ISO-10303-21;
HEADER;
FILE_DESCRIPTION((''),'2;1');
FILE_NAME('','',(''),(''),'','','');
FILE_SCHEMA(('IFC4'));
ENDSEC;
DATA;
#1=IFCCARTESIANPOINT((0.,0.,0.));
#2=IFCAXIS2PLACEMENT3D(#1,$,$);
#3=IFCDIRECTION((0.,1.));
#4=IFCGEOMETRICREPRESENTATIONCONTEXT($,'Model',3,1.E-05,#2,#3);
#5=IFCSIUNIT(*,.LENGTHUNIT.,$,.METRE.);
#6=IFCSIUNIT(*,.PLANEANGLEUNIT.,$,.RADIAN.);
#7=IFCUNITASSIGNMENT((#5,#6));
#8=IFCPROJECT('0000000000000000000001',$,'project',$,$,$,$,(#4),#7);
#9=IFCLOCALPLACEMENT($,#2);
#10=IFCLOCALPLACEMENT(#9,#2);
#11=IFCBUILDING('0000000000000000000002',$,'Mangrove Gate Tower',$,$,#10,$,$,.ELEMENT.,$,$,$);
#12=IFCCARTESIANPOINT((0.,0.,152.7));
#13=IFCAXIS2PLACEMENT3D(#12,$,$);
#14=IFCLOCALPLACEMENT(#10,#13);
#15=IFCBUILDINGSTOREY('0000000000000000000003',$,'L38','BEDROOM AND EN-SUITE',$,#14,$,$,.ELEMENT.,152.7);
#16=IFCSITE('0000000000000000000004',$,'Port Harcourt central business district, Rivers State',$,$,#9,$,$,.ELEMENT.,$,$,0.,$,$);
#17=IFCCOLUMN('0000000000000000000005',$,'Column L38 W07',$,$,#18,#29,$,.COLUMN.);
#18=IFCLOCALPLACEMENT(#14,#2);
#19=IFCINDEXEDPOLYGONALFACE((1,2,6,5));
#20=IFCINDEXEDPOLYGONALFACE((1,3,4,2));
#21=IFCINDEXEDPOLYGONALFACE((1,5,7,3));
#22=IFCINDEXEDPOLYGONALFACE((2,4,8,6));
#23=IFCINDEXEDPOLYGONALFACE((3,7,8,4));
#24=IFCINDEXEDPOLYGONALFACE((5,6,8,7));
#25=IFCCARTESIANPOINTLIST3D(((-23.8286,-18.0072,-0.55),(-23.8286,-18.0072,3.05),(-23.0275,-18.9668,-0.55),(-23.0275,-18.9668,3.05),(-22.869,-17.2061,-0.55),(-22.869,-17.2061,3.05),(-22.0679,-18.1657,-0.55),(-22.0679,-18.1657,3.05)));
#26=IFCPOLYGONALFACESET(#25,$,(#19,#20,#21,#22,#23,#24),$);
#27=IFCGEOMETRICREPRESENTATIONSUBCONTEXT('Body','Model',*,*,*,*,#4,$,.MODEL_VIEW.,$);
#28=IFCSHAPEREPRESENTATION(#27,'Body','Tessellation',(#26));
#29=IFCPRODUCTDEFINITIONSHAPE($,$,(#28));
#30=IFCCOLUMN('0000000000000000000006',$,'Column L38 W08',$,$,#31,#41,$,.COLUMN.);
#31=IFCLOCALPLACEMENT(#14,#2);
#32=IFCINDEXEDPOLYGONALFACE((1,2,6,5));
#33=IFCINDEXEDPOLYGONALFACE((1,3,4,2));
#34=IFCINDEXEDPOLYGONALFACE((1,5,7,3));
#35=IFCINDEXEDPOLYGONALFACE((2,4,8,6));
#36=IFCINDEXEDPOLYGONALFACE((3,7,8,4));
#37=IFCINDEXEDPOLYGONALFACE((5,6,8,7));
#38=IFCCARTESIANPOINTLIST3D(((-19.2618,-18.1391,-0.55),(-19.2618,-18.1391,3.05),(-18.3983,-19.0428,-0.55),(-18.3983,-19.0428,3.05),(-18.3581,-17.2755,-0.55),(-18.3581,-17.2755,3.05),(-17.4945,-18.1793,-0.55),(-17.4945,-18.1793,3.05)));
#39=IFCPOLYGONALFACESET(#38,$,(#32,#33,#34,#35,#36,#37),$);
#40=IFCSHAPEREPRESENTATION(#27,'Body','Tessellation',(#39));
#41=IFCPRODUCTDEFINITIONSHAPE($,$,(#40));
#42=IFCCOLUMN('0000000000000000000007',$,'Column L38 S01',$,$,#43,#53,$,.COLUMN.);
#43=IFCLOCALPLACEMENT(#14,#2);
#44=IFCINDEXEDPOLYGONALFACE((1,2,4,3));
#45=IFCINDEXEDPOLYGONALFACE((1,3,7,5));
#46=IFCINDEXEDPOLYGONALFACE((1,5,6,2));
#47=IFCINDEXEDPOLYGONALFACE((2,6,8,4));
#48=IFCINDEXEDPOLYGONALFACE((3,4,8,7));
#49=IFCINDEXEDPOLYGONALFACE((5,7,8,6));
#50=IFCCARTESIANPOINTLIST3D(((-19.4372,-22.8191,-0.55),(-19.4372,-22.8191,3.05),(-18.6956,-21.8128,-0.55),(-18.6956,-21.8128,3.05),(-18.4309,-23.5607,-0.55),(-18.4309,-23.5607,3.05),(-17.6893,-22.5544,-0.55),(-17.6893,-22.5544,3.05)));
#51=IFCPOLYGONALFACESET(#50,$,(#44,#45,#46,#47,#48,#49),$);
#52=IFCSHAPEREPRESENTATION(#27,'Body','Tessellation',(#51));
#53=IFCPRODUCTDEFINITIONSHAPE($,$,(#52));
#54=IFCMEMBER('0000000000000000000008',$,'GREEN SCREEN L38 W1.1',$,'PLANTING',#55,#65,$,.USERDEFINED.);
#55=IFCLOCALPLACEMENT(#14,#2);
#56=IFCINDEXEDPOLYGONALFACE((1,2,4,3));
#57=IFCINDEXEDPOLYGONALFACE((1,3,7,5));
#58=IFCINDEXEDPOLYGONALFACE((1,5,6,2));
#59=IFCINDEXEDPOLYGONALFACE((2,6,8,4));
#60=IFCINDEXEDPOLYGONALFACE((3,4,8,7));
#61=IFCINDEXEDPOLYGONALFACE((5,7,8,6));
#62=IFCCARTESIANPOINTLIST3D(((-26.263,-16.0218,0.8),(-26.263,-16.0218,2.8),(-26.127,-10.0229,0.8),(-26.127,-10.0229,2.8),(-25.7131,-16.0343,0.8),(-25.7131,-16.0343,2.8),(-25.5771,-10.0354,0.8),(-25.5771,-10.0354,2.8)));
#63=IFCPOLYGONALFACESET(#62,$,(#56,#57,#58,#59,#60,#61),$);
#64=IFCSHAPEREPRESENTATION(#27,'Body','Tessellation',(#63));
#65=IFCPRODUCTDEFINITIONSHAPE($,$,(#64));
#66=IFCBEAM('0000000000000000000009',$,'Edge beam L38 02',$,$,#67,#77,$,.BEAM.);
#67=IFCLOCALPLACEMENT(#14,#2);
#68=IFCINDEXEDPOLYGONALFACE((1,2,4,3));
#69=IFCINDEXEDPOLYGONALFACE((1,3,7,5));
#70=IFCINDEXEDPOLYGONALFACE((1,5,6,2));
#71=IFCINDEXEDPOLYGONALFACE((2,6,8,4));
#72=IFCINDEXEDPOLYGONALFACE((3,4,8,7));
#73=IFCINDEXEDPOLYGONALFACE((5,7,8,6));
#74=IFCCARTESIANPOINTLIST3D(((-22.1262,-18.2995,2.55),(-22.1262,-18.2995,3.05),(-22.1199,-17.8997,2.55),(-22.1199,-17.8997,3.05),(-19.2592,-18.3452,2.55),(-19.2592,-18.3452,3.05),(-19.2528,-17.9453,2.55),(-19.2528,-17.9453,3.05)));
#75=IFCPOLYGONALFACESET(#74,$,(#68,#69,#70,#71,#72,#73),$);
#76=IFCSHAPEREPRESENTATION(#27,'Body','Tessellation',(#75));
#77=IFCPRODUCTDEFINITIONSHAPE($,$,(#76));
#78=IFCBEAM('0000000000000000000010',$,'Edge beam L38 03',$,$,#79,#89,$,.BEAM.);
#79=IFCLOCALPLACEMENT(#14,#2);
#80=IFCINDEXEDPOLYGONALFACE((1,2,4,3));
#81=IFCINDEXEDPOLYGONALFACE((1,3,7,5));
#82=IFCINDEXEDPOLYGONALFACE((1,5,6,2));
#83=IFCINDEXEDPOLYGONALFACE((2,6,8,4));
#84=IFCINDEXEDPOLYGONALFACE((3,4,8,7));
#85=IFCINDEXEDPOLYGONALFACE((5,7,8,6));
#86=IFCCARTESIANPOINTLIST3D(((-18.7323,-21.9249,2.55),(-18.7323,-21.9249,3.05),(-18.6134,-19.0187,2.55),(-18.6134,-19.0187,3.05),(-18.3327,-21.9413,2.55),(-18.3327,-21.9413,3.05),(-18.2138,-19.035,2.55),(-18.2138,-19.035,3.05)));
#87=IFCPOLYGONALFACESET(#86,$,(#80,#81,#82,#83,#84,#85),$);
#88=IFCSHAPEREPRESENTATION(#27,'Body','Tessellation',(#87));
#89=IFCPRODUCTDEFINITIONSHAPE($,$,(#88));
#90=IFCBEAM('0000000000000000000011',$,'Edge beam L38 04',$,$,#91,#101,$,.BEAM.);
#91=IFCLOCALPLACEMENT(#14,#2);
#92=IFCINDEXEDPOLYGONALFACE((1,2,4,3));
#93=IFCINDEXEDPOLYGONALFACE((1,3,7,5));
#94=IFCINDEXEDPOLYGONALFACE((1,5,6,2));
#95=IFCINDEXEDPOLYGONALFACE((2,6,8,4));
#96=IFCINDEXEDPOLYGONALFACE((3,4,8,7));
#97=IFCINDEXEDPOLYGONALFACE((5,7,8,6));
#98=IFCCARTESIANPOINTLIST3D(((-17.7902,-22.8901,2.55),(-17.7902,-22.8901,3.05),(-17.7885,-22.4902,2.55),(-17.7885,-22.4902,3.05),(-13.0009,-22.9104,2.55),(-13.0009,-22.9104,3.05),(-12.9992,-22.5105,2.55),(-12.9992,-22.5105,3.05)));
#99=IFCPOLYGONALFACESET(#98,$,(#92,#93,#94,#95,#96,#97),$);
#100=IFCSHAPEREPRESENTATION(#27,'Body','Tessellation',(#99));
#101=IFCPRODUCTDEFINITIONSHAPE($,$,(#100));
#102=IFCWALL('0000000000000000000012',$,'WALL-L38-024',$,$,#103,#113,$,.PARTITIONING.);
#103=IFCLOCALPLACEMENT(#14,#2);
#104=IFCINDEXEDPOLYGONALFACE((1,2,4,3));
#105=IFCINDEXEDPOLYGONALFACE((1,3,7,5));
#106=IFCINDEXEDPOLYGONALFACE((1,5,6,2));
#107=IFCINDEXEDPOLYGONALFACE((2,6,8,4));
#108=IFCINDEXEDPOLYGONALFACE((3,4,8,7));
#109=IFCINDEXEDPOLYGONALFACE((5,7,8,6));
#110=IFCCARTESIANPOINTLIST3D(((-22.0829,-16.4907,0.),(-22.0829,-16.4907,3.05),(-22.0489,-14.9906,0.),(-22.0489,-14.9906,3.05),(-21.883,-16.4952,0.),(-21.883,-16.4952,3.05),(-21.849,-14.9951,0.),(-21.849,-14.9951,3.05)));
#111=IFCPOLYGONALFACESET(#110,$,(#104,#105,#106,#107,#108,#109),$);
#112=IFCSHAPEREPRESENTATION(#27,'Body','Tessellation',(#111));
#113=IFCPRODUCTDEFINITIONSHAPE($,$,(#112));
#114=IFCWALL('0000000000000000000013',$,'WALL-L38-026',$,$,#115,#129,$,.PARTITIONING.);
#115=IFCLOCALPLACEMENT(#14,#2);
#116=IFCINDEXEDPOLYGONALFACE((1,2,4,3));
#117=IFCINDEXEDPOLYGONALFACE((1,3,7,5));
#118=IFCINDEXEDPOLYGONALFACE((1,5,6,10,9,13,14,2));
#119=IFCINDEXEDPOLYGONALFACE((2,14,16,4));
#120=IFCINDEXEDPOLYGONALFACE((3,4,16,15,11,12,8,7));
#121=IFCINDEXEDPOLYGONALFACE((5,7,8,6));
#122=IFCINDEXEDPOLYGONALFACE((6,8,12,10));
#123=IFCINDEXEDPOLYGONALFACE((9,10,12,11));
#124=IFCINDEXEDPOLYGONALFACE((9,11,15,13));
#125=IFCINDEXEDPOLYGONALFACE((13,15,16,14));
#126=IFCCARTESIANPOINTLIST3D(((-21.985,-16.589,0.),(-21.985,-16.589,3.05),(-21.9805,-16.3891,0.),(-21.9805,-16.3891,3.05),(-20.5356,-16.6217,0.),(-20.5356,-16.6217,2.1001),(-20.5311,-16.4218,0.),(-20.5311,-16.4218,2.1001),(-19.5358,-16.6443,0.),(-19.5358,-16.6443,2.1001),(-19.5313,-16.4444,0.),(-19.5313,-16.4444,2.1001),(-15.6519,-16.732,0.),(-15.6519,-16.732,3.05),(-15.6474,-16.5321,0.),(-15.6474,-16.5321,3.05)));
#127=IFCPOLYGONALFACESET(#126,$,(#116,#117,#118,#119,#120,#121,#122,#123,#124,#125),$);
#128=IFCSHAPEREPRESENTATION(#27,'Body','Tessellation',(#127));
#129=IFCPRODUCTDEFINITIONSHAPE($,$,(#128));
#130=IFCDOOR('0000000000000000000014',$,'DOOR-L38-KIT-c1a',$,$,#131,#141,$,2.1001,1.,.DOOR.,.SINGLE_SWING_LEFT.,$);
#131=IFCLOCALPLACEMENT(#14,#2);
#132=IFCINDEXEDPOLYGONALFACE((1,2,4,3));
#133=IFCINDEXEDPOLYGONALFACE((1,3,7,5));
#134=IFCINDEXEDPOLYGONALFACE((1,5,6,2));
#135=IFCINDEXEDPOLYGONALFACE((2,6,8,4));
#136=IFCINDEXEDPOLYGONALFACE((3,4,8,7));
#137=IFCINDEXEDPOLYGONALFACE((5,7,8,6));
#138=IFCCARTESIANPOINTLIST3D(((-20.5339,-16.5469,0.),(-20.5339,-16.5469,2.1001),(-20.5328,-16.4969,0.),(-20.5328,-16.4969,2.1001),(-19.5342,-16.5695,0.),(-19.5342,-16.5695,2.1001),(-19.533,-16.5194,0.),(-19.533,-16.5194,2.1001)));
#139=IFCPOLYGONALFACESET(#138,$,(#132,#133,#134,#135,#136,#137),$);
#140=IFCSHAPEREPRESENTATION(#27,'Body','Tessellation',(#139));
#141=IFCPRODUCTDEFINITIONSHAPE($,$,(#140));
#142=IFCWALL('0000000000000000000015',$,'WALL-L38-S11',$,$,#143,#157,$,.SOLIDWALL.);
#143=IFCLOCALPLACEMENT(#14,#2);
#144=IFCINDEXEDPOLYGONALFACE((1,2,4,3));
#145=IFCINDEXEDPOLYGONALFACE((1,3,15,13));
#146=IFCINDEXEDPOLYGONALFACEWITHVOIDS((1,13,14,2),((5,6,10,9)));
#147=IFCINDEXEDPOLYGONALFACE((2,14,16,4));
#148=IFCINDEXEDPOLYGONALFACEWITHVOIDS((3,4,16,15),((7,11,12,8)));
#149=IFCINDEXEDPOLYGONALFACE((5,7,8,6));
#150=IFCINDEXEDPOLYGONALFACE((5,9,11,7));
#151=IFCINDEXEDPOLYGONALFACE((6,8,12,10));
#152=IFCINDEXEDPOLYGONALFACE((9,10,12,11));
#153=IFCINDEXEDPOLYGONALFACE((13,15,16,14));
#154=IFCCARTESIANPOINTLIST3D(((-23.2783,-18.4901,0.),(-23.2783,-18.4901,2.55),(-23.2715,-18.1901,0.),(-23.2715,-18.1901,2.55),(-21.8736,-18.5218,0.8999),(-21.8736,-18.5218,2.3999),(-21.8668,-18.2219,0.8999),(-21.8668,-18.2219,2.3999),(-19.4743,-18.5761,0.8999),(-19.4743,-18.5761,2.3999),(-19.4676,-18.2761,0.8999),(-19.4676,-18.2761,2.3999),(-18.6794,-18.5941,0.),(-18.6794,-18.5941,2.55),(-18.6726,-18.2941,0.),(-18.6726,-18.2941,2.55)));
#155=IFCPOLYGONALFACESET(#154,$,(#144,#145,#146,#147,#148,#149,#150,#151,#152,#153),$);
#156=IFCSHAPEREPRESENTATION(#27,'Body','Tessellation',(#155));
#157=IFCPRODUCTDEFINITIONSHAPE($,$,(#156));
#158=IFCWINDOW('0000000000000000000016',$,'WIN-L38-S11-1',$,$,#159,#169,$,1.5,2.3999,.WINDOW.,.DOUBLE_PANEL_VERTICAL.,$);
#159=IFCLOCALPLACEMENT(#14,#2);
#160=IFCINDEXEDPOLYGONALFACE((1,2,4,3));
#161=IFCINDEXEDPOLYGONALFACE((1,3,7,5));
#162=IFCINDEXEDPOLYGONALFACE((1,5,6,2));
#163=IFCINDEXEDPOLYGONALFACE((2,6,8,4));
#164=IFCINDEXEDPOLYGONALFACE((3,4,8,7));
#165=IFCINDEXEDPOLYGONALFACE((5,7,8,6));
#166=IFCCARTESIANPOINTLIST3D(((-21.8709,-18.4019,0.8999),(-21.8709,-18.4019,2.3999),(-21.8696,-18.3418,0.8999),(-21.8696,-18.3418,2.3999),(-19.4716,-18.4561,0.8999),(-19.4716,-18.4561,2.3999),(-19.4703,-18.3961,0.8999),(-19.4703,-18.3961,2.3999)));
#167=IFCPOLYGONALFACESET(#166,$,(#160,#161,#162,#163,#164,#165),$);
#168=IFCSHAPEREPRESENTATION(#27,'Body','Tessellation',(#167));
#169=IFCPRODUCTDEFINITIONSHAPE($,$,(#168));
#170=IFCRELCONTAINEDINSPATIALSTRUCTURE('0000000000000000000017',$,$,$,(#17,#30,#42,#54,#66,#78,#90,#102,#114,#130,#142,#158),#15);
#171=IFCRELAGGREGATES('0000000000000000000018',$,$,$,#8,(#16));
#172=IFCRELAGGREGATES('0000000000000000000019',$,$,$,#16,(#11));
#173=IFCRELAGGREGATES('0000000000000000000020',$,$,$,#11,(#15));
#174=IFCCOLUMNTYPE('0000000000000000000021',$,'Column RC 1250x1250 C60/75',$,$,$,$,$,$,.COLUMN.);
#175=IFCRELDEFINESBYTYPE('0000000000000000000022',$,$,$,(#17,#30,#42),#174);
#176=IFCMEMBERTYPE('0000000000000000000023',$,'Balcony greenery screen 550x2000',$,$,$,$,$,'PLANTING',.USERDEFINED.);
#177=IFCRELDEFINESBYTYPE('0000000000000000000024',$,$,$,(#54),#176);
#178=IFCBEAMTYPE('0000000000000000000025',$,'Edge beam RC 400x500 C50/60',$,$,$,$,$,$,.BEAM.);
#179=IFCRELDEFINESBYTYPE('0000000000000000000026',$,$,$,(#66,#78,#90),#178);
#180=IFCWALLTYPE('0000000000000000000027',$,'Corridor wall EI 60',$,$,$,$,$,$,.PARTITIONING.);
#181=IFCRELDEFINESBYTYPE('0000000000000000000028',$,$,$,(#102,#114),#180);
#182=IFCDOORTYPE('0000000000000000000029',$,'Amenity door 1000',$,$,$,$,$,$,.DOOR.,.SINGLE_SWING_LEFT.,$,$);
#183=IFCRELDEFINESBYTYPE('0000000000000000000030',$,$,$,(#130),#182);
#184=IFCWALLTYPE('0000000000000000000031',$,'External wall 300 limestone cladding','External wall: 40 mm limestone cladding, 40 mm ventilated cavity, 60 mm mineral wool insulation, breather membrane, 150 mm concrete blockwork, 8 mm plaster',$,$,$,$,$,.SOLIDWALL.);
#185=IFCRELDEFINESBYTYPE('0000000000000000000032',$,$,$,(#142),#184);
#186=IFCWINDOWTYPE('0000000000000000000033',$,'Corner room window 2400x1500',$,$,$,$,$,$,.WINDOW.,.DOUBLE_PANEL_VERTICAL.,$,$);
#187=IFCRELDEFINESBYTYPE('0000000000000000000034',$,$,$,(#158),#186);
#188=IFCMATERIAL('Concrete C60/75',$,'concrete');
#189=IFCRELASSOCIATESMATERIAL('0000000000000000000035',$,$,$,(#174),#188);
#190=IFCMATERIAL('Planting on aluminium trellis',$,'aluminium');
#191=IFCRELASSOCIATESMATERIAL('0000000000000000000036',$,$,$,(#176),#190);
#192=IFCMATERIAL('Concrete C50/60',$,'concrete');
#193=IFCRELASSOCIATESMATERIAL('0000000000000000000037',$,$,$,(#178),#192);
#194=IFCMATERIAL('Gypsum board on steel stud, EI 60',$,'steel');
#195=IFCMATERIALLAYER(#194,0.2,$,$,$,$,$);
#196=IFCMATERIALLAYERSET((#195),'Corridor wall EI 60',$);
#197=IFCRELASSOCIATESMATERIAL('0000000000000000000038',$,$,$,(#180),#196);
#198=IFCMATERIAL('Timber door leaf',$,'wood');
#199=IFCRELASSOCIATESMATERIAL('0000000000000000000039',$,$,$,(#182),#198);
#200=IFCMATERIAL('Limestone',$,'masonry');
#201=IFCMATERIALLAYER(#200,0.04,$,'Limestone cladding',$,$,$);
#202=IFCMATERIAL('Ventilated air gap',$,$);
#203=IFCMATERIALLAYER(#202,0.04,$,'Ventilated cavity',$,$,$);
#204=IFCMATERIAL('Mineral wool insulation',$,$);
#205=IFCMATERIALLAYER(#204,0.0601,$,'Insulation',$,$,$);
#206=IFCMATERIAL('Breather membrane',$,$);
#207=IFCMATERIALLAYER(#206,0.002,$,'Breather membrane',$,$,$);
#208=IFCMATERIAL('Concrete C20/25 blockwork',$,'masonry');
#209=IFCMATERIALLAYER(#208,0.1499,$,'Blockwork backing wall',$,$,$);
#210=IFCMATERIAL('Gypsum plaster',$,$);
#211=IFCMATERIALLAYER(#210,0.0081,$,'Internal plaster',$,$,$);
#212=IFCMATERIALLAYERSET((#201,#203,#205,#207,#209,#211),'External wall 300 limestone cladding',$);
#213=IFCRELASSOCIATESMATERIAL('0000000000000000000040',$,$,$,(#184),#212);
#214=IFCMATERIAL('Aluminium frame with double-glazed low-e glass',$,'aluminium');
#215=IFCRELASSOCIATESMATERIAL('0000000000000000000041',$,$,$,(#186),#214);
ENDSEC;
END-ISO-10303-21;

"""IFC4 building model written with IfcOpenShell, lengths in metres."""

from ifc_helpers import new_model, si_unit, direction, frame, frame_2d, origin, origin_2d, place, context, subcontext, project, spatial, rectangle, extrude, material, layer, layer_set, material_profile, profile_set, type_object, element, fill, save


model = new_model("IFC4")

# Units and contexts
model_context = context("Model", 3, precision=1e-05, world=origin(), true_north=direction((0.0, 1.0)))
body_context = subcontext(model_context, "Body", "Model", "MODEL_VIEW")
ifc_project = project(units=[si_unit("LENGTHUNIT", "METRE"), si_unit("PLANEANGLEUNIT", "RADIAN")], contexts=[model_context])

# Site, building, storey
site_placement = place(None, origin())
site = spatial("IfcSite", under=ifc_project, at=site_placement, Name="Port Harcourt central business district, Rivers State", CompositionType="ELEMENT", RefElevation=0.0)
building_placement = place(site_placement, origin())
building = spatial("IfcBuilding", under=site, at=building_placement, Name="Mangrove Gate Tower", CompositionType="ELEMENT")
storey_placement = place(building_placement, frame((0.0, 0.0, 152.7)))
storey = spatial("IfcBuildingStorey", under=building, at=storey_placement, Name="L38", Description="BEDROOM AND EN-SUITE", CompositionType="ELEMENT", Elevation=152.7)

# Columns
ifc_material_1 = material(Name="Concrete C60/75", Category="concrete")
ifc_material_profile_1 = material_profile(ifc_material_1, rectangle(XDim=1.25, YDim=1.25, at=origin_2d()))
ifc_profile_set_1 = profile_set([ifc_material_profile_1], Name="Concrete C60/75")
column_type = type_object("IfcColumnType", Name="Column RC 1250x1250 C60/75", PredefinedType="COLUMN", material=ifc_profile_set_1)
for number, where, z_axis, x_axis, name in (
    (1, (-22.9482, -18.0864, -0.55), (0.0, 0.0, 1.0), (0.640874, -0.767646, 0.0), "Column L38 W07"),
    (2, (-18.3782, -18.1592, -0.55), (0.0, 0.0, 1.0), (0.69086, -0.722989, 0.0), "Column L38 W08"),
    (3, (-18.5632, -22.6868, -0.55), (0.0, 0.0, 1.0), (0.804996, -0.59328, 0.0), "Column L38 S01"),
):
    element("IfcColumn", number, at=place(storey_placement, frame(where, z_axis=z_axis, x_axis=x_axis)), inside=storey, type_object=column_type, Name=name, PredefinedType="COLUMN", context=body_context, shape_type="SweptSolid", body=[
        extrude(rectangle(XDim=1.25, YDim=1.25, at=origin_2d()), origin(), (0.0, 0.0, 1.0), 3.6001),
    ])

# Member
ifc_material_2 = material(Name="Planting on aluminium trellis", Category="aluminium")
ifc_material_profile_2 = material_profile(ifc_material_2, rectangle(XDim=0.55, YDim=2.0, at=origin_2d()))
ifc_profile_set_2 = profile_set([ifc_material_profile_2], Name="Planting on aluminium trellis")
member_type = type_object("IfcMemberType", Name="Balcony greenery screen 550x2000", ElementType="PLANTING", PredefinedType="USERDEFINED", material=ifc_profile_set_2)
member_placement = place(storey_placement, frame((-25.988, -16.0281, 1.8), z_axis=(0.022662, 0.999743, 0.0), x_axis=(-0.999743, 0.022662, 0.0)))
element("IfcMember", 4, at=member_placement, inside=storey, type_object=member_type, Name="GREEN SCREEN L38 W1.1", ObjectType="PLANTING", PredefinedType="USERDEFINED", context=body_context, shape_type="SweptSolid", body=[
    extrude(rectangle(XDim=0.55, YDim=2.0, at=origin_2d()), origin(), (0.0, 0.0, 1.0), 6.0005),
])

# Beams
ifc_material_3 = material(Name="Concrete C50/60", Category="concrete")
ifc_material_profile_3 = material_profile(ifc_material_3, rectangle(XDim=0.3999, YDim=0.5, at=origin_2d()))
ifc_profile_set_3 = profile_set([ifc_material_profile_3], Name="Concrete C50/60")
beam_type = type_object("IfcBeamType", Name="Edge beam RC 400x500 C50/60", PredefinedType="BEAM", material=ifc_profile_set_3)
beam_1_placement = place(storey_placement, frame((-22.123, -18.0996, 2.8), z_axis=(0.999873, -0.015921, 0.0), x_axis=(0.015921, 0.999873, 0.0)))
element("IfcBeam", 5, at=beam_1_placement, inside=storey, type_object=beam_type, Name="Edge beam L38 02", PredefinedType="BEAM", context=body_context, shape_type="SweptSolid", body=[
    extrude(rectangle(XDim=0.3999, YDim=0.5, at=origin_2d()), origin(), (0.0, 0.0, 1.0), 2.8674),
])
beam_2_placement = place(storey_placement, frame((-18.4136, -19.0269, 2.8), z_axis=(-0.040876, -0.999164, 0.0), x_axis=(0.999164, -0.040876, 0.0)))
element("IfcBeam", 6, at=beam_2_placement, inside=storey, type_object=beam_type, Name="Edge beam L38 03", PredefinedType="BEAM", context=body_context, shape_type="SweptSolid", body=[
    extrude(rectangle(XDim=0.3999, YDim=0.5, at=origin_2d()), origin(), (0.0, 0.0, 1.0), 2.9087),
])
beam_3_placement = place(storey_placement, frame((-17.7893, -22.6902, 2.8), z_axis=(0.999991, -0.004231, 0.0), x_axis=(0.004231, 0.999991, 0.0)))
element("IfcBeam", 7, at=beam_3_placement, inside=storey, type_object=beam_type, Name="Edge beam L38 04", PredefinedType="BEAM", context=body_context, shape_type="SweptSolid", body=[
    extrude(rectangle(XDim=0.3999, YDim=0.5, at=origin_2d()), origin(), (0.0, 0.0, 1.0), 4.7893),
])

# Wall
ifc_material_4 = material(Name="Gypsum board on steel stud, EI 60", Category="steel")
ifc_layer_1 = layer(ifc_material_4, 0.2)
ifc_layer_set_1 = layer_set([ifc_layer_1], Name="Corridor wall EI 60")
wall_type_1 = type_object("IfcWallType", Name="Corridor wall EI 60", PredefinedType="PARTITIONING", material=ifc_layer_set_1)
wall_1_placement = place(storey_placement, frame((-21.9829, -16.4929, 0.0), z_axis=(0.0, 0.0, 1.0), x_axis=(0.022618, 0.999744, 0.0)))
element("IfcWall", 8, at=wall_1_placement, inside=storey, type_object=wall_type_1, Name="WALL-L38-024", PredefinedType="PARTITIONING", context=body_context, shape_type="SweptSolid", body=[
    extrude(rectangle(XDim=1.5005, YDim=0.2, at=frame_2d((0.7502, 0.0))), origin(), (0.0, 0.0, 1.0), 3.05),
])

# Wall, opening, door
wall_2_placement = place(storey_placement, frame((-21.9829, -16.489, 0.0), z_axis=(0.0, 0.0, 1.0), x_axis=(0.999745, -0.022585, 0.0)))
wall_2 = element("IfcWall", 9, at=wall_2_placement, inside=storey, type_object=wall_type_1, Name="WALL-L38-026", PredefinedType="PARTITIONING", context=body_context, shape_type="SweptSolid", body=[
    extrude(rectangle(XDim=6.3347, YDim=0.2, at=frame_2d((3.1675, 0.0))), origin(), (0.0, 0.0, 1.0), 3.05),
])
opening_1_placement = place(wall_2_placement, frame((1.45, 0.0, 0.0)))
opening_1 = element("IfcOpeningElement", 10, at=opening_1_placement, cuts=wall_2, PredefinedType="OPENING", context=body_context, shape_type="SweptSolid", body=[
    extrude(rectangle(XDim=1.0, YDim=2.1001, at=frame_2d((0.5, 1.05))), frame((0.0, 0.1099, 0.0), z_axis=(0.0, -1.0, 0.0), x_axis=(1.0, 0.0, 0.0)), (0.0, 0.0, 1.0), 0.22),
])
ifc_material_5 = material(Name="Timber door leaf", Category="wood")
door_type_1 = type_object("IfcDoorType", Name="Amenity door 1000", OperationType="SINGLE_SWING_LEFT", PredefinedType="DOOR", material=ifc_material_5)
door_1_placement = place(opening_1_placement, origin())
door_1 = element("IfcDoor", 11, at=door_1_placement, inside=storey, type_object=door_type_1, Name="DOOR-L38-KIT-c1a", OperationType="SINGLE_SWING_LEFT", OverallHeight=2.1001, OverallWidth=1.0, PredefinedType="DOOR", context=body_context, shape_type="SweptSolid", body=[
    extrude(rectangle(XDim=1.0, YDim=2.1001, at=frame_2d((0.5, 1.05))), frame((0.0, 0.0249, 0.0), z_axis=(0.0, -1.0, 0.0), x_axis=(1.0, 0.0, 0.0)), (0.0, 0.0, 1.0), 0.05),
])
fill(opening_1, door_1)

# Wall, opening, window
ifc_material_6 = material(Name="Limestone", Category="masonry")
ifc_layer_2 = layer(ifc_material_6, 0.04, Name="Limestone cladding")
ifc_material_7 = material(Name="Ventilated air gap")
ifc_layer_3 = layer(ifc_material_7, 0.04, Name="Ventilated cavity")
ifc_material_8 = material(Name="Mineral wool insulation")
ifc_layer_4 = layer(ifc_material_8, 0.0601, Name="Insulation")
ifc_material_9 = material(Name="Breather membrane")
ifc_layer_5 = layer(ifc_material_9, 0.002, Name="Breather membrane")
ifc_material_10 = material(Name="Concrete C20/25 blockwork", Category="masonry")
ifc_layer_6 = layer(ifc_material_10, 0.1499, Name="Blockwork backing wall")
ifc_material_11 = material(Name="Gypsum plaster")
ifc_layer_7 = layer(ifc_material_11, 0.0081, Name="Internal plaster")
ifc_layer_set_2 = layer_set([ifc_layer_2, ifc_layer_3, ifc_layer_4, ifc_layer_5, ifc_layer_6, ifc_layer_7], Name="External wall 300 limestone cladding")
wall_type_2 = type_object("IfcWallType", Name="External wall 300 limestone cladding", Description="External wall: 40 mm limestone cladding, 40 mm ventilated cavity, 60 mm mineral wool insulation, breather membrane, 150 mm concrete blockwork, 8 mm plaster", PredefinedType="SOLIDWALL", material=ifc_layer_set_2)
wall_3_placement = place(storey_placement, frame((-23.2749, -18.3401, 0.0), z_axis=(0.0, 0.0, 1.0), x_axis=(0.999744, -0.022609, 0.0)))
wall_3 = element("IfcWall", 12, at=wall_3_placement, inside=storey, type_object=wall_type_2, Name="WALL-L38-S11", PredefinedType="SOLIDWALL", context=body_context, shape_type="SweptSolid", body=[
    extrude(rectangle(XDim=4.6001, YDim=0.3, at=frame_2d((2.3, 0.0))), origin(), (0.0, 0.0, 1.0), 2.55),
])
opening_2_placement = place(wall_3_placement, frame((1.405, 0.0, 0.8999)))
opening_2 = element("IfcOpeningElement", 13, at=opening_2_placement, cuts=wall_3, PredefinedType="OPENING", context=body_context, shape_type="SweptSolid", body=[
    extrude(rectangle(XDim=2.3999, YDim=1.5, at=frame_2d((1.2, 0.75))), frame((0.0, 0.1599, 0.0), z_axis=(0.0, -1.0, 0.0), x_axis=(1.0, 0.0, 0.0)), (0.0, 0.0, 1.0), 0.3201),
])
ifc_material_12 = material(Name="Aluminium frame with double-glazed low-e glass", Category="aluminium")
window_type = type_object("IfcWindowType", Name="Corner room window 2400x1500", PartitioningType="DOUBLE_PANEL_VERTICAL", PredefinedType="WINDOW", material=ifc_material_12)
window_1_placement = place(opening_2_placement, origin())
window_1 = element("IfcWindow", 14, at=window_1_placement, inside=storey, type_object=window_type, Name="WIN-L38-S11-1", OverallHeight=1.5, OverallWidth=2.3999, PartitioningType="DOUBLE_PANEL_VERTICAL", PredefinedType="WINDOW", context=body_context, shape_type="SweptSolid", body=[
    extrude(rectangle(XDim=2.3999, YDim=1.5, at=frame_2d((1.2, 0.75))), frame((0.0, 0.03, 0.0), z_axis=(0.0, -1.0, 0.0), x_axis=(1.0, 0.0, 0.0)), (0.0, 0.0, 1.0), 0.0601),
])
fill(opening_2, window_1)

save(model, "model.ifc")
